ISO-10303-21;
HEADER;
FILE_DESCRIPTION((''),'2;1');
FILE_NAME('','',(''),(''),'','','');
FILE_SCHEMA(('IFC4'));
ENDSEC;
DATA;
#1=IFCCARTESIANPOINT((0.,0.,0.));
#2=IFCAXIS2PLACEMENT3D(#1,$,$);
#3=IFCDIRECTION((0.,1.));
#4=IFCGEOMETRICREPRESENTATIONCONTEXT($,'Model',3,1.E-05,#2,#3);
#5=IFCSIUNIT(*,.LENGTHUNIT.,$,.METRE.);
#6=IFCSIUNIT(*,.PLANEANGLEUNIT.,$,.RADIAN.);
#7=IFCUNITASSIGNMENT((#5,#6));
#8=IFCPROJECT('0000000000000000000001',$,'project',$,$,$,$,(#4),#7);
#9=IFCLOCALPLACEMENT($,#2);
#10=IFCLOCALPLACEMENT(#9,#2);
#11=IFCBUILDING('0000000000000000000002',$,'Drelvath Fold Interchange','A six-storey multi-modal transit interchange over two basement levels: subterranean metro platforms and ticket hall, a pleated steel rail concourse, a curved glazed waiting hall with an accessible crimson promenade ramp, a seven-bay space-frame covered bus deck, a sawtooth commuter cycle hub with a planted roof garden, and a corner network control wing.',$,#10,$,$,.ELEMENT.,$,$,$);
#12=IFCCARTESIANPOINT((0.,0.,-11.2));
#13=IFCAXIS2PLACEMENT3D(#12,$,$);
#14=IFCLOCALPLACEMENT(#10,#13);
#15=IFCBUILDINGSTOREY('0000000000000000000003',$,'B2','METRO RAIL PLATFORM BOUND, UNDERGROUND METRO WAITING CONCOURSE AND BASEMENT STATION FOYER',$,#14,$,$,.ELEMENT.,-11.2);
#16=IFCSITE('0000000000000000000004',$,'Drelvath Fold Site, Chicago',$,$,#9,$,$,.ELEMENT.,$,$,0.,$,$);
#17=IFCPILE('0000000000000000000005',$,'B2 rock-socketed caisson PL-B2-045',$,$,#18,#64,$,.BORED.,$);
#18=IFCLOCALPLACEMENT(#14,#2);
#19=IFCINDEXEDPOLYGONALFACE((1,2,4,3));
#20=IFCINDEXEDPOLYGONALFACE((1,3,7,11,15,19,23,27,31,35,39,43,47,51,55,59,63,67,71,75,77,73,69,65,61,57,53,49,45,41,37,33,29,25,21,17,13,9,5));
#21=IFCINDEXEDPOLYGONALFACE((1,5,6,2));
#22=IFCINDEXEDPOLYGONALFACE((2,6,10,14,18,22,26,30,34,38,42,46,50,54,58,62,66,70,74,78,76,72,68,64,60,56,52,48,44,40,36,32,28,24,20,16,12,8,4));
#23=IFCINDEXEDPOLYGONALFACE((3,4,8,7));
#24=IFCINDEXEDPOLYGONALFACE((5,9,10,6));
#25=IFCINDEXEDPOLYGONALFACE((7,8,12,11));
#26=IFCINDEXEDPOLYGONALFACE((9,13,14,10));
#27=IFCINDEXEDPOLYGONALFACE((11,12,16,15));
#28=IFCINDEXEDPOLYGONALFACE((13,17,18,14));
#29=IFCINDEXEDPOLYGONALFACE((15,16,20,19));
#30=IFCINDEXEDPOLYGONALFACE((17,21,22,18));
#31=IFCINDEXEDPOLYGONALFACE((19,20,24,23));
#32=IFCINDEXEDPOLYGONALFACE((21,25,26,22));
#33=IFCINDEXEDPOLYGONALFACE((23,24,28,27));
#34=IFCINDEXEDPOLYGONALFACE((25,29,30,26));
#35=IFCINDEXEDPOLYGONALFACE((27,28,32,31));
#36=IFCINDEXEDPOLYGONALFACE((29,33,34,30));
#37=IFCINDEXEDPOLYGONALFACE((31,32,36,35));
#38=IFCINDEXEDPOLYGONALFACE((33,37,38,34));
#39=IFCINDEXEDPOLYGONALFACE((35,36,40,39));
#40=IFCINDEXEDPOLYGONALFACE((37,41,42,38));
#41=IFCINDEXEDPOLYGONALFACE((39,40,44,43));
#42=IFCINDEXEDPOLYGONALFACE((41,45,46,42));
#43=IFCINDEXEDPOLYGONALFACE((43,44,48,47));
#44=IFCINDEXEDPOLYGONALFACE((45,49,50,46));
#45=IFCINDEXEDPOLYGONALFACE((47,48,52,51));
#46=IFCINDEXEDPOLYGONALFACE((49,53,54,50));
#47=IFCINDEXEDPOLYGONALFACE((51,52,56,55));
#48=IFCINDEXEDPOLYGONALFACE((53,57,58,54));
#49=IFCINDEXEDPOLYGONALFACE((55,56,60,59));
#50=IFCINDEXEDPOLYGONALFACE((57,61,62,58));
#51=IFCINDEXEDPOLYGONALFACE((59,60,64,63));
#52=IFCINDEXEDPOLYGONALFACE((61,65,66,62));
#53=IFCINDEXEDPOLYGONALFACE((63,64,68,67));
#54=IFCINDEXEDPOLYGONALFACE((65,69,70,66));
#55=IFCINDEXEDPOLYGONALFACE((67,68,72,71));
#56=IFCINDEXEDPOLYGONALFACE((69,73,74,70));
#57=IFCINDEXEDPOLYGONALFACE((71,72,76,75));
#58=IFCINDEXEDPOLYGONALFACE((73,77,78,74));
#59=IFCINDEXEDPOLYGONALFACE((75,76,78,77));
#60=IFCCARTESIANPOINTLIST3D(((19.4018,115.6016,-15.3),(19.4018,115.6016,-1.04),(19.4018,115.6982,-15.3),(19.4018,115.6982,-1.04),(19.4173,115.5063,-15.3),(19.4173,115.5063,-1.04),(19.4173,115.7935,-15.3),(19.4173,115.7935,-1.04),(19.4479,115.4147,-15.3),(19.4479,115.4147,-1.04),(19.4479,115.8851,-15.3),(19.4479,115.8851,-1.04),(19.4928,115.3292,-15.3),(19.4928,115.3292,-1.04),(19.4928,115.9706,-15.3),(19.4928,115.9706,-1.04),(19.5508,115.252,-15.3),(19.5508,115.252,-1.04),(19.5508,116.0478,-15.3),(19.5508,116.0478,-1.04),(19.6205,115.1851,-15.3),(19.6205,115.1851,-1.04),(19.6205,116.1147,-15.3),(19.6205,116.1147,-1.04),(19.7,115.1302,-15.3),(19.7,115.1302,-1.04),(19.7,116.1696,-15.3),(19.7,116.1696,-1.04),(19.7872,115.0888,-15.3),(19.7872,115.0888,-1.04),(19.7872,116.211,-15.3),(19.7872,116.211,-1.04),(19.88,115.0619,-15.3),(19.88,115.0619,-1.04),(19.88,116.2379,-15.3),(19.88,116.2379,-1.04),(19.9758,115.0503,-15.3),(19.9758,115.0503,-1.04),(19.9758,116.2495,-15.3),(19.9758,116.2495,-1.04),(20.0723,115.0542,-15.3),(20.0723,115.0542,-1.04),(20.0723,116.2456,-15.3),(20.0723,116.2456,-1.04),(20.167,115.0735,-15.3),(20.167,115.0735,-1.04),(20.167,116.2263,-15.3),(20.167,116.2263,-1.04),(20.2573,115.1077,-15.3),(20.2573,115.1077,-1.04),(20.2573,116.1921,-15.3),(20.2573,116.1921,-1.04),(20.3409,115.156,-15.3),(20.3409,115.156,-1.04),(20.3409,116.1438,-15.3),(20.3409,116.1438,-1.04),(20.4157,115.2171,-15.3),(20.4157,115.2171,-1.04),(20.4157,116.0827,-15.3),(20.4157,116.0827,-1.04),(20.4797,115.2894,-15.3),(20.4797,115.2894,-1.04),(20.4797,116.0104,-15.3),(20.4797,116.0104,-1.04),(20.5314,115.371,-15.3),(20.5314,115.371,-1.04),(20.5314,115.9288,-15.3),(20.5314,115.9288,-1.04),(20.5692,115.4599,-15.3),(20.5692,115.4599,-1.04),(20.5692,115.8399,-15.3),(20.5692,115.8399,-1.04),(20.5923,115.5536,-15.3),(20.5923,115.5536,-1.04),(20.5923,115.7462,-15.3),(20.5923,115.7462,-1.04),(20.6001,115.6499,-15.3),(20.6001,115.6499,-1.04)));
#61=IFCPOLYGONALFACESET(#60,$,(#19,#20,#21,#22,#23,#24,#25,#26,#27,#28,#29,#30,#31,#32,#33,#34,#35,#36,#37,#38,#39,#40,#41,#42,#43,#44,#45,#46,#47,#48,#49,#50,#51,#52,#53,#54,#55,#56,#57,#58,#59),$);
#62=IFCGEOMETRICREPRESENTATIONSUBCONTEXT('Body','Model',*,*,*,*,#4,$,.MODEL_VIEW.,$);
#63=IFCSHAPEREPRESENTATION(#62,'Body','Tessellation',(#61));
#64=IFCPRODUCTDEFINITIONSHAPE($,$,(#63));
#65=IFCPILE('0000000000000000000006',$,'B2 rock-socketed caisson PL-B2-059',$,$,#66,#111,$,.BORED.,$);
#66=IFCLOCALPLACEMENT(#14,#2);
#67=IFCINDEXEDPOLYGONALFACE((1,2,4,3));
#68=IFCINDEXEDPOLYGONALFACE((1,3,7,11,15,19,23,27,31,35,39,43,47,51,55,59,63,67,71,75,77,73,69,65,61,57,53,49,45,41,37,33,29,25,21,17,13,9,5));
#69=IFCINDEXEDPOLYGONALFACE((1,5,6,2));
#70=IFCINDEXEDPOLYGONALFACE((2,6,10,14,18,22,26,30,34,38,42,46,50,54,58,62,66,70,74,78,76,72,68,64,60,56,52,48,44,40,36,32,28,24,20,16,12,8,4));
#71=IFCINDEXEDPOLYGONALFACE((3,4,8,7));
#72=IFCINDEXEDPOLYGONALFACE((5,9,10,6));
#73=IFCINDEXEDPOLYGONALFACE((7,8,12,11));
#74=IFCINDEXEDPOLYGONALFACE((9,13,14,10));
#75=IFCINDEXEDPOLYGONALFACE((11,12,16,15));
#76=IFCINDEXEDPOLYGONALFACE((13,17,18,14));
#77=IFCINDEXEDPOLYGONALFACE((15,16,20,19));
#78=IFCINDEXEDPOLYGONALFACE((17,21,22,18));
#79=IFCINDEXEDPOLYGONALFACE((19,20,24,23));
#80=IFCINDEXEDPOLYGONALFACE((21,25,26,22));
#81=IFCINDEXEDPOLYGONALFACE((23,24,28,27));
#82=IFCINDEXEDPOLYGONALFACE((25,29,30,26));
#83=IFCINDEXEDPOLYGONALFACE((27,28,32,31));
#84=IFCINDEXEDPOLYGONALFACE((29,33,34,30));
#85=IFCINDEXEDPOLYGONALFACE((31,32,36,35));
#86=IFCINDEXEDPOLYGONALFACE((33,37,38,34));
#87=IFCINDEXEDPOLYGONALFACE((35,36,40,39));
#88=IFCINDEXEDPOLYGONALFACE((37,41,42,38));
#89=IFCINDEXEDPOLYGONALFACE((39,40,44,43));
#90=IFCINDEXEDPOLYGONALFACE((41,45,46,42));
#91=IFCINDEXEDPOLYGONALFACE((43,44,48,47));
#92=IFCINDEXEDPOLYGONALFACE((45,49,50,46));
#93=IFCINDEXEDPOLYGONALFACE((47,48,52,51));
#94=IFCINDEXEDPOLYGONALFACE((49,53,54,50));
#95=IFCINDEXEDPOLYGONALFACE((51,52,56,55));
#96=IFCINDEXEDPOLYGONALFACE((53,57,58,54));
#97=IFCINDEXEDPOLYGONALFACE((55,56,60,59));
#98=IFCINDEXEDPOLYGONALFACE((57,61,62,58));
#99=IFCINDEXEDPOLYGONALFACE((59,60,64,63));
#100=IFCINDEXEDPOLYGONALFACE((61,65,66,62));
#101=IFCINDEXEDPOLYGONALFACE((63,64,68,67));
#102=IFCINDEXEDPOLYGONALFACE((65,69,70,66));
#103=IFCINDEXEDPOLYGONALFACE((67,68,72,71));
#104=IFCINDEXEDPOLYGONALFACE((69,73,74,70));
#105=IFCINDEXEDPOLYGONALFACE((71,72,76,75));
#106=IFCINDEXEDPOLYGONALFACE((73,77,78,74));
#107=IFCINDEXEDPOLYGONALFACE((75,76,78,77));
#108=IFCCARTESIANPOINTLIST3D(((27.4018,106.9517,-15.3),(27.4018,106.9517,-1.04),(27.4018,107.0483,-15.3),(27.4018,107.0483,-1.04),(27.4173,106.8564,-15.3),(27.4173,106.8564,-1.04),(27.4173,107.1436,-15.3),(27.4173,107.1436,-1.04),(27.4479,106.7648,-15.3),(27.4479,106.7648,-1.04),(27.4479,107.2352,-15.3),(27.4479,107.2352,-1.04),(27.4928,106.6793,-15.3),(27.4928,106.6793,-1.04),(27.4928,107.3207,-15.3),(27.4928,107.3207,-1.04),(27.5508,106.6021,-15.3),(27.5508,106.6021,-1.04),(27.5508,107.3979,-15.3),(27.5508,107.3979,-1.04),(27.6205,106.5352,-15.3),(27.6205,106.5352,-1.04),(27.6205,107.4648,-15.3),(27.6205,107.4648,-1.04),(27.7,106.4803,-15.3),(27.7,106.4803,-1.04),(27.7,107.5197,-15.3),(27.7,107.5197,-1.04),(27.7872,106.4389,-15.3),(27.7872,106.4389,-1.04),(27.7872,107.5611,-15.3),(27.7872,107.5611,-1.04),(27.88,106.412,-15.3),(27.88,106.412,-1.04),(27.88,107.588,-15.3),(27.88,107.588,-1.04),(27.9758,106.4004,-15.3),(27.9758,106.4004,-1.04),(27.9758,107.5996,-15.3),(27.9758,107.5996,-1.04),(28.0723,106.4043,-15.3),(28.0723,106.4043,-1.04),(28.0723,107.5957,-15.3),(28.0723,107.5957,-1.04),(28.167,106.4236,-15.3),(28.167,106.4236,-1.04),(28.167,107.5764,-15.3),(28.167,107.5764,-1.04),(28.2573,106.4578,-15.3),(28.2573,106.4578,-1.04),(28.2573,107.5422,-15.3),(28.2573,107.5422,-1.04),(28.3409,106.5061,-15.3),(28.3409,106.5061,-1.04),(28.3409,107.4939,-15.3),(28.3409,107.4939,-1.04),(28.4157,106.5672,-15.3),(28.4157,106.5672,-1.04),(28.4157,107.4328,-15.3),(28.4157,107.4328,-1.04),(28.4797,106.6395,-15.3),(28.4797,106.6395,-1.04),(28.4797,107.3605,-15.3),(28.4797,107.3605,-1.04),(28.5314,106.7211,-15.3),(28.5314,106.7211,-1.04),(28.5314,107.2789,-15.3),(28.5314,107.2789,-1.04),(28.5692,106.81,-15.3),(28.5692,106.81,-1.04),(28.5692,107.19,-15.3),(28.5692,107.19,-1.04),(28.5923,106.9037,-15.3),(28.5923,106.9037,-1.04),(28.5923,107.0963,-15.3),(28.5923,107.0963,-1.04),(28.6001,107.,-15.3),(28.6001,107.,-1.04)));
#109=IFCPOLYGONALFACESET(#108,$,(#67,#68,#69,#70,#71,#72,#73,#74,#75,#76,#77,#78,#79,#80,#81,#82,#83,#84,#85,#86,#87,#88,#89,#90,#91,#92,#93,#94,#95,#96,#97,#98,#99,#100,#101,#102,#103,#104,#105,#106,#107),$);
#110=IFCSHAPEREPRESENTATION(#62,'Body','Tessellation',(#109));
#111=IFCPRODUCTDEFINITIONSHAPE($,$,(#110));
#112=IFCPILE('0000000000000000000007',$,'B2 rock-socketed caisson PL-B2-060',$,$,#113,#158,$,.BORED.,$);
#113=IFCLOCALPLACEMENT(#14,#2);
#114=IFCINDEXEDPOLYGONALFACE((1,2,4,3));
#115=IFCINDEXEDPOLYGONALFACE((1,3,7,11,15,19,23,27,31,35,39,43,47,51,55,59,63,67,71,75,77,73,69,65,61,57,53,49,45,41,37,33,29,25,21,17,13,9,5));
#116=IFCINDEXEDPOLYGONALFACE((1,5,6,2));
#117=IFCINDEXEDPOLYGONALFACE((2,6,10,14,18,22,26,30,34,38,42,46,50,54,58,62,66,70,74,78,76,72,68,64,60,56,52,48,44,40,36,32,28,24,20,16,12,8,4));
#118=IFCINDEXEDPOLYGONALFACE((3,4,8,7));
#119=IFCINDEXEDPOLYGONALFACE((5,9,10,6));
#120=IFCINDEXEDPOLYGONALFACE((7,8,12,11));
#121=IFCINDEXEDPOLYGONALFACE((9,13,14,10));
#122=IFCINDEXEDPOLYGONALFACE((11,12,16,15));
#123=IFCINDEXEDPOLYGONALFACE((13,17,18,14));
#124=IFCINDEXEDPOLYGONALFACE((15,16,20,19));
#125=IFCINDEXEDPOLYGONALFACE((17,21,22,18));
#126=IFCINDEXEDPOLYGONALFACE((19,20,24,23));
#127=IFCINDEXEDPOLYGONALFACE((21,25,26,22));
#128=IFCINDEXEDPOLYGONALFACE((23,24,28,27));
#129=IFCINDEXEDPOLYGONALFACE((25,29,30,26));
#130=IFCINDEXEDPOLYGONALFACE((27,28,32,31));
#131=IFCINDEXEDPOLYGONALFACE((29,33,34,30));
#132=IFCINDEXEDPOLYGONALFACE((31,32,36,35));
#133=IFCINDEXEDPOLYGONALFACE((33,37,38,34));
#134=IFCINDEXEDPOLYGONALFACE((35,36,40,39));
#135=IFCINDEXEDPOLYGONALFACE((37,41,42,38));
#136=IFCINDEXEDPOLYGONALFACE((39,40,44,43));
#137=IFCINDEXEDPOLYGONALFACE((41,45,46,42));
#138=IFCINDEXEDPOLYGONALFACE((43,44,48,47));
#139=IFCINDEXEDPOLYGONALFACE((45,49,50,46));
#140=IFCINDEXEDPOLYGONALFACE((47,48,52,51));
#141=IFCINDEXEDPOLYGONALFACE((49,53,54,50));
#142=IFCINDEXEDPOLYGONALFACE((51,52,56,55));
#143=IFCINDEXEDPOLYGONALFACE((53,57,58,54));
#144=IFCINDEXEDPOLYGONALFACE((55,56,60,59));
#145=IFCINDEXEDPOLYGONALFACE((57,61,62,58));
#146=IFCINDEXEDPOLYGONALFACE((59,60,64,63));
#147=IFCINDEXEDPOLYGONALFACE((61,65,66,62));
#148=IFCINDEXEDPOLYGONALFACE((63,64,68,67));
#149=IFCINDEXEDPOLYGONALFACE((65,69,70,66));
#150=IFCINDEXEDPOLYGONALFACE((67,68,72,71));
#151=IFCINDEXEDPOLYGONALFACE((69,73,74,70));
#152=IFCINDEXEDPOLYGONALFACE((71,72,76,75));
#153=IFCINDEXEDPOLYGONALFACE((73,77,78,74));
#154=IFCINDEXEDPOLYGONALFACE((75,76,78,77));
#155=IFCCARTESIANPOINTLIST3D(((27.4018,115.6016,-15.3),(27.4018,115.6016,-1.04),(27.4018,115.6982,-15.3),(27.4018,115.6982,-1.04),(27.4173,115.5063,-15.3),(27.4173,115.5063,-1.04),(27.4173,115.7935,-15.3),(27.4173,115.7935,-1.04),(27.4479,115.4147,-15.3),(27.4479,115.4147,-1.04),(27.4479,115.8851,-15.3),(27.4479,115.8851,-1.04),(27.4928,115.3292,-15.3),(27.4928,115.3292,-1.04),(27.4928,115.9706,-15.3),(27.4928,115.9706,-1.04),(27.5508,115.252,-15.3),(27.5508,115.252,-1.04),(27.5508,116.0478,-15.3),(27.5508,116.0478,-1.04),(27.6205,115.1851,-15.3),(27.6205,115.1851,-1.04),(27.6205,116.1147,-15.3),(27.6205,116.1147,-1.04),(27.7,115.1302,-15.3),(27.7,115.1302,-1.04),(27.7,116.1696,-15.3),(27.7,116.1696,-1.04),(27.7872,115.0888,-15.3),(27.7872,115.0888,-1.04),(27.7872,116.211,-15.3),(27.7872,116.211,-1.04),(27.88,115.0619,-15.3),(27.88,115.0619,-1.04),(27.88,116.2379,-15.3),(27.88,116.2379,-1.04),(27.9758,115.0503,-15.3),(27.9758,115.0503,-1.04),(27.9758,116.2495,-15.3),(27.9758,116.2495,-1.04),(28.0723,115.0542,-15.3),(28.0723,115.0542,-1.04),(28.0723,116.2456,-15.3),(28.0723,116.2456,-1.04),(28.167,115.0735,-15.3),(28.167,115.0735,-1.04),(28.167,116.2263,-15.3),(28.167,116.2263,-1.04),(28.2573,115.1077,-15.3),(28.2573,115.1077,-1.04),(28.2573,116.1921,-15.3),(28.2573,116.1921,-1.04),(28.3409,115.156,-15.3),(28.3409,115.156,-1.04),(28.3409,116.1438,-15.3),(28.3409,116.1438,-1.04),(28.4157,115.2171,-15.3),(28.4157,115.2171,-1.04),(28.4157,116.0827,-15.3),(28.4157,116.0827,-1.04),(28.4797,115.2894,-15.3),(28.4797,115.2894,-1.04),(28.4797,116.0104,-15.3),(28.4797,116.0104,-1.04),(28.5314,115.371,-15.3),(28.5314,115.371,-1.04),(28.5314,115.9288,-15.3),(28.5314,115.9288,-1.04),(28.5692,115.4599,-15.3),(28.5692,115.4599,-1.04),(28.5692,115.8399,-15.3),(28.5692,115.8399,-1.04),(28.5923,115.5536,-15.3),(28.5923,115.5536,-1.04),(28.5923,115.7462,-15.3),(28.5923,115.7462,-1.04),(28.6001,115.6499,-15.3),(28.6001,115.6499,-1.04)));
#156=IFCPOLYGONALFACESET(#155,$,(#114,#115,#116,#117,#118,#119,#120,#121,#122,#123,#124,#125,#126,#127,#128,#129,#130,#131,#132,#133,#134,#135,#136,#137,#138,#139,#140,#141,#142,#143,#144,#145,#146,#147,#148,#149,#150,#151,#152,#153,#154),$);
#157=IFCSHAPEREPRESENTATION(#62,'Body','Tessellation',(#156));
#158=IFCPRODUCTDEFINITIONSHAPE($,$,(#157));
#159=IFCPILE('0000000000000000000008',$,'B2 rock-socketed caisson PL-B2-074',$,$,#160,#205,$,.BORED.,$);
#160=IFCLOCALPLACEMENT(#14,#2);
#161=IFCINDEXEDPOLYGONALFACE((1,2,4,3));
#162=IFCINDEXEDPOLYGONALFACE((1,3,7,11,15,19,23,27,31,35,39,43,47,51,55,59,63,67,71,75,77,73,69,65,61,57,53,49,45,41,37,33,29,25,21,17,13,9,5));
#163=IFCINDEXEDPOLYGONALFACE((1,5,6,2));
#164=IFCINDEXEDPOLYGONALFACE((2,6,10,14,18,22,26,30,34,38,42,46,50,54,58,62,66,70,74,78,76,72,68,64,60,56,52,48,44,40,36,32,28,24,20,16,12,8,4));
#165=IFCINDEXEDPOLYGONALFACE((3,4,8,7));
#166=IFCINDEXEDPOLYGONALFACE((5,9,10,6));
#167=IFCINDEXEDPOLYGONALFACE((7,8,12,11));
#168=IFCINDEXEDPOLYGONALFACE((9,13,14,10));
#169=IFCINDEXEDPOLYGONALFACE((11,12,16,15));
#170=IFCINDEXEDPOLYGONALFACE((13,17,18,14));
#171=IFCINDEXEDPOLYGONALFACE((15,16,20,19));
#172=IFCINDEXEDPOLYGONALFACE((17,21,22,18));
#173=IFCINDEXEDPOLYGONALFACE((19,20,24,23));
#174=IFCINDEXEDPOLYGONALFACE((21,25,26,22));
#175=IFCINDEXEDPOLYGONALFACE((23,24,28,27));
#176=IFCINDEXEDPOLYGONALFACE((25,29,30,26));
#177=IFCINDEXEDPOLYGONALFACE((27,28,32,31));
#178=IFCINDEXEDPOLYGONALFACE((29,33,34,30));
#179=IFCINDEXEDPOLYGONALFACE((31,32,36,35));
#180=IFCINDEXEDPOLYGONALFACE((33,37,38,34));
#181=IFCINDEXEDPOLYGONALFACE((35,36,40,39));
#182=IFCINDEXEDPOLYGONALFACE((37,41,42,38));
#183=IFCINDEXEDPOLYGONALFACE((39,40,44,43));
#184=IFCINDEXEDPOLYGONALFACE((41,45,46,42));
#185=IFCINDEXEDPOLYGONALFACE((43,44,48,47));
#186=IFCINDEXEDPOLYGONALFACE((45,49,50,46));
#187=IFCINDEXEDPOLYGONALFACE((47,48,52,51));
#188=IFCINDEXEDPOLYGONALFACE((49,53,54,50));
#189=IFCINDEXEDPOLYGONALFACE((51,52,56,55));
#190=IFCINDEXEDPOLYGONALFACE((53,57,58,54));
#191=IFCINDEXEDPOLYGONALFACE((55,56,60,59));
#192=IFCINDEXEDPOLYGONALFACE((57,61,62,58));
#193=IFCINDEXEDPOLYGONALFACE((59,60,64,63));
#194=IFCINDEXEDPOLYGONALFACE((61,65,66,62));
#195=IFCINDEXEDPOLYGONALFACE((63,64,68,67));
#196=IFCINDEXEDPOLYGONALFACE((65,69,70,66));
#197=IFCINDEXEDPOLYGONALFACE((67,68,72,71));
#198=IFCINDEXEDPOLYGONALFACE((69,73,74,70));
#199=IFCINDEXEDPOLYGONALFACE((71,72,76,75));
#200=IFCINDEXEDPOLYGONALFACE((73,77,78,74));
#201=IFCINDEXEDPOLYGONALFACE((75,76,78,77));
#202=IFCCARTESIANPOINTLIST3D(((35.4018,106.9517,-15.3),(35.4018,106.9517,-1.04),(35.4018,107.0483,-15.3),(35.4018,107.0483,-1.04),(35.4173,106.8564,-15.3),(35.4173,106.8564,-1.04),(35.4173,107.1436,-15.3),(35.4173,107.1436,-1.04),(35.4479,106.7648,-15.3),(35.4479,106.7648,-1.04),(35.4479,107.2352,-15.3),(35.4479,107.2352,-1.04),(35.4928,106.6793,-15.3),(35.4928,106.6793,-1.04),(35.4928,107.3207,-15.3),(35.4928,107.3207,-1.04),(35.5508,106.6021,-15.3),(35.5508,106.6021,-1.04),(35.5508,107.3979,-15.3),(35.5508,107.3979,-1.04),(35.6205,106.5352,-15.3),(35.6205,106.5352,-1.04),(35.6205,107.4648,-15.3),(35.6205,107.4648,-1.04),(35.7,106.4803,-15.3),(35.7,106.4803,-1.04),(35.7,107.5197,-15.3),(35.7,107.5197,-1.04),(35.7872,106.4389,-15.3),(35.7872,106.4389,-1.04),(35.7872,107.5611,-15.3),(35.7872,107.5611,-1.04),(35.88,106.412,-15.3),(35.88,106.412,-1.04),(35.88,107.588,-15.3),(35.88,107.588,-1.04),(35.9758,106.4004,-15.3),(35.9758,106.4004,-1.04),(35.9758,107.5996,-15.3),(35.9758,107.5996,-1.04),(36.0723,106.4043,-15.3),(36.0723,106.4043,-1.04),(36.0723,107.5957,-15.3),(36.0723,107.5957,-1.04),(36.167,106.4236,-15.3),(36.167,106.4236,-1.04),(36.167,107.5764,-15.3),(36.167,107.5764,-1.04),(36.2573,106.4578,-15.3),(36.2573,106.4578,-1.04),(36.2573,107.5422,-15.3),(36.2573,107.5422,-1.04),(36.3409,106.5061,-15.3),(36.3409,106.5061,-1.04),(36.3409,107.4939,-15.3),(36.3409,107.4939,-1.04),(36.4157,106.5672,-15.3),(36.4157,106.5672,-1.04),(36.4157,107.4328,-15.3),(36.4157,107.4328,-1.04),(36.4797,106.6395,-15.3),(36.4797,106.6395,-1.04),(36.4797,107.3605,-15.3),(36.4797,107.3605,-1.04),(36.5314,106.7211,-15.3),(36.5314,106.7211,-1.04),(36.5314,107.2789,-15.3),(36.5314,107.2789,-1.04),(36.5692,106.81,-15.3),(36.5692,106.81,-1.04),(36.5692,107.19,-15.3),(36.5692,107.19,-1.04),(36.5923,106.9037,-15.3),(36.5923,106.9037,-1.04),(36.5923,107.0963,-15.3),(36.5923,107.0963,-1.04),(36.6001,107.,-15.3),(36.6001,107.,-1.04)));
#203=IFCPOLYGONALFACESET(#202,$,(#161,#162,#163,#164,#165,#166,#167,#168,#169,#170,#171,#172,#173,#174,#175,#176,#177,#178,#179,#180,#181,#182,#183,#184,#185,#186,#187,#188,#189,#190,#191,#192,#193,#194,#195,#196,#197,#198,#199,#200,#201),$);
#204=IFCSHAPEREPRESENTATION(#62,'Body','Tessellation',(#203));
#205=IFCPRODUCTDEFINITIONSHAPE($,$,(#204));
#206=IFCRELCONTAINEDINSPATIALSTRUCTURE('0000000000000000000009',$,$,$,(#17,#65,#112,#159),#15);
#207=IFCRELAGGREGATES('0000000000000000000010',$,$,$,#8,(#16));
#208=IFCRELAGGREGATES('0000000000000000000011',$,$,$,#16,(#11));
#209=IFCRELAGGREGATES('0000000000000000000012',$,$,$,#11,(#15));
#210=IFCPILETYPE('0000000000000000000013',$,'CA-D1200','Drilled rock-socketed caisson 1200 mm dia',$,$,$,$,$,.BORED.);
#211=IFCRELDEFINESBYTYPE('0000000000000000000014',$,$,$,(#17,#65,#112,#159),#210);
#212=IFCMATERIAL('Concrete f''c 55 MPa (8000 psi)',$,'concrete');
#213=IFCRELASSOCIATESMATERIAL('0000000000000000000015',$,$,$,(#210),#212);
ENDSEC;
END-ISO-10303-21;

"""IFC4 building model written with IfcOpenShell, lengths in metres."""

from ifc_helpers import new_model, si_unit, direction, frame, origin, origin_2d, place, context, subcontext, project, spatial, circle, extrude, material, material_profile, profile_set, type_object, element, save


model = new_model("IFC4")

# Units and contexts
model_context = context("Model", 3, precision=1e-05, world=origin(), true_north=direction((0.0, 1.0)))
body_context = subcontext(model_context, "Body", "Model", "MODEL_VIEW")
ifc_project = project(units=[si_unit("LENGTHUNIT", "METRE"), si_unit("PLANEANGLEUNIT", "RADIAN")], contexts=[model_context])

# Site, building, storey
site_placement = place(None, origin())
site = spatial("IfcSite", under=ifc_project, at=site_placement, Name="Drelvath Fold Site, Chicago", CompositionType="ELEMENT", RefElevation=0.0)
building_placement = place(site_placement, origin())
building = spatial("IfcBuilding", under=site, at=building_placement, Name="Drelvath Fold Interchange", Description="A six-storey multi-modal transit interchange over two basement levels: subterranean metro platforms and ticket hall, a pleated steel rail concourse, a curved glazed waiting hall with an accessible crimson promenade ramp, a seven-bay space-frame covered bus deck, a sawtooth commuter cycle hub with a planted roof garden, and a corner network control wing.", CompositionType="ELEMENT")
storey_placement = place(building_placement, frame((0.0, 0.0, -11.2)))
storey = spatial("IfcBuildingStorey", under=building, at=storey_placement, Name="B2", Description="METRO RAIL PLATFORM BOUND, UNDERGROUND METRO WAITING CONCOURSE AND BASEMENT STATION FOYER", CompositionType="ELEMENT", Elevation=-11.2)

# Piles
ifc_material_1 = material(Name="Concrete f'c 55 MPa (8000 psi)", Category="concrete")
ifc_material_profile_1 = material_profile(ifc_material_1, circle(Radius=0.6001, at=origin_2d()), Name="CAISSON D1200")
ifc_profile_set_1 = profile_set([ifc_material_profile_1], Name="Concrete f'c 55 MPa (8000 psi)")
pile_type = type_object("IfcPileType", Name="CA-D1200", Description="Drilled rock-socketed caisson 1200 mm dia", PredefinedType="BORED", material=ifc_profile_set_1)
for number, where, z_axis, x_axis, name in (
    (1, (20.0, 115.6499, -1.04), (0.0, 0.0, -1.0), (1.0, 0.0, 0.0), "B2 rock-socketed caisson PL-B2-045"),
    (2, (28.0, 107.0, -1.04), (0.0, 0.0, -1.0), (1.0, 0.0, 0.0), "B2 rock-socketed caisson PL-B2-059"),
    (3, (28.0, 115.6499, -1.04), (0.0, 0.0, -1.0), (1.0, 0.0, 0.0), "B2 rock-socketed caisson PL-B2-060"),
    (4, (36.0, 107.0, -1.04), (0.0, 0.0, -1.0), (1.0, 0.0, 0.0), "B2 rock-socketed caisson PL-B2-074"),
):
    element("IfcPile", number, at=place(storey_placement, frame(where, z_axis=z_axis, x_axis=x_axis)), inside=storey, type_object=pile_type, Name=name, PredefinedType="BORED", context=body_context, shape_type="SweptSolid", body=[
        extrude(circle(Radius=0.6001, at=origin_2d()), origin(), (0.0, 0.0, 1.0), 14.26),
    ])

save(model, "model.ifc")
